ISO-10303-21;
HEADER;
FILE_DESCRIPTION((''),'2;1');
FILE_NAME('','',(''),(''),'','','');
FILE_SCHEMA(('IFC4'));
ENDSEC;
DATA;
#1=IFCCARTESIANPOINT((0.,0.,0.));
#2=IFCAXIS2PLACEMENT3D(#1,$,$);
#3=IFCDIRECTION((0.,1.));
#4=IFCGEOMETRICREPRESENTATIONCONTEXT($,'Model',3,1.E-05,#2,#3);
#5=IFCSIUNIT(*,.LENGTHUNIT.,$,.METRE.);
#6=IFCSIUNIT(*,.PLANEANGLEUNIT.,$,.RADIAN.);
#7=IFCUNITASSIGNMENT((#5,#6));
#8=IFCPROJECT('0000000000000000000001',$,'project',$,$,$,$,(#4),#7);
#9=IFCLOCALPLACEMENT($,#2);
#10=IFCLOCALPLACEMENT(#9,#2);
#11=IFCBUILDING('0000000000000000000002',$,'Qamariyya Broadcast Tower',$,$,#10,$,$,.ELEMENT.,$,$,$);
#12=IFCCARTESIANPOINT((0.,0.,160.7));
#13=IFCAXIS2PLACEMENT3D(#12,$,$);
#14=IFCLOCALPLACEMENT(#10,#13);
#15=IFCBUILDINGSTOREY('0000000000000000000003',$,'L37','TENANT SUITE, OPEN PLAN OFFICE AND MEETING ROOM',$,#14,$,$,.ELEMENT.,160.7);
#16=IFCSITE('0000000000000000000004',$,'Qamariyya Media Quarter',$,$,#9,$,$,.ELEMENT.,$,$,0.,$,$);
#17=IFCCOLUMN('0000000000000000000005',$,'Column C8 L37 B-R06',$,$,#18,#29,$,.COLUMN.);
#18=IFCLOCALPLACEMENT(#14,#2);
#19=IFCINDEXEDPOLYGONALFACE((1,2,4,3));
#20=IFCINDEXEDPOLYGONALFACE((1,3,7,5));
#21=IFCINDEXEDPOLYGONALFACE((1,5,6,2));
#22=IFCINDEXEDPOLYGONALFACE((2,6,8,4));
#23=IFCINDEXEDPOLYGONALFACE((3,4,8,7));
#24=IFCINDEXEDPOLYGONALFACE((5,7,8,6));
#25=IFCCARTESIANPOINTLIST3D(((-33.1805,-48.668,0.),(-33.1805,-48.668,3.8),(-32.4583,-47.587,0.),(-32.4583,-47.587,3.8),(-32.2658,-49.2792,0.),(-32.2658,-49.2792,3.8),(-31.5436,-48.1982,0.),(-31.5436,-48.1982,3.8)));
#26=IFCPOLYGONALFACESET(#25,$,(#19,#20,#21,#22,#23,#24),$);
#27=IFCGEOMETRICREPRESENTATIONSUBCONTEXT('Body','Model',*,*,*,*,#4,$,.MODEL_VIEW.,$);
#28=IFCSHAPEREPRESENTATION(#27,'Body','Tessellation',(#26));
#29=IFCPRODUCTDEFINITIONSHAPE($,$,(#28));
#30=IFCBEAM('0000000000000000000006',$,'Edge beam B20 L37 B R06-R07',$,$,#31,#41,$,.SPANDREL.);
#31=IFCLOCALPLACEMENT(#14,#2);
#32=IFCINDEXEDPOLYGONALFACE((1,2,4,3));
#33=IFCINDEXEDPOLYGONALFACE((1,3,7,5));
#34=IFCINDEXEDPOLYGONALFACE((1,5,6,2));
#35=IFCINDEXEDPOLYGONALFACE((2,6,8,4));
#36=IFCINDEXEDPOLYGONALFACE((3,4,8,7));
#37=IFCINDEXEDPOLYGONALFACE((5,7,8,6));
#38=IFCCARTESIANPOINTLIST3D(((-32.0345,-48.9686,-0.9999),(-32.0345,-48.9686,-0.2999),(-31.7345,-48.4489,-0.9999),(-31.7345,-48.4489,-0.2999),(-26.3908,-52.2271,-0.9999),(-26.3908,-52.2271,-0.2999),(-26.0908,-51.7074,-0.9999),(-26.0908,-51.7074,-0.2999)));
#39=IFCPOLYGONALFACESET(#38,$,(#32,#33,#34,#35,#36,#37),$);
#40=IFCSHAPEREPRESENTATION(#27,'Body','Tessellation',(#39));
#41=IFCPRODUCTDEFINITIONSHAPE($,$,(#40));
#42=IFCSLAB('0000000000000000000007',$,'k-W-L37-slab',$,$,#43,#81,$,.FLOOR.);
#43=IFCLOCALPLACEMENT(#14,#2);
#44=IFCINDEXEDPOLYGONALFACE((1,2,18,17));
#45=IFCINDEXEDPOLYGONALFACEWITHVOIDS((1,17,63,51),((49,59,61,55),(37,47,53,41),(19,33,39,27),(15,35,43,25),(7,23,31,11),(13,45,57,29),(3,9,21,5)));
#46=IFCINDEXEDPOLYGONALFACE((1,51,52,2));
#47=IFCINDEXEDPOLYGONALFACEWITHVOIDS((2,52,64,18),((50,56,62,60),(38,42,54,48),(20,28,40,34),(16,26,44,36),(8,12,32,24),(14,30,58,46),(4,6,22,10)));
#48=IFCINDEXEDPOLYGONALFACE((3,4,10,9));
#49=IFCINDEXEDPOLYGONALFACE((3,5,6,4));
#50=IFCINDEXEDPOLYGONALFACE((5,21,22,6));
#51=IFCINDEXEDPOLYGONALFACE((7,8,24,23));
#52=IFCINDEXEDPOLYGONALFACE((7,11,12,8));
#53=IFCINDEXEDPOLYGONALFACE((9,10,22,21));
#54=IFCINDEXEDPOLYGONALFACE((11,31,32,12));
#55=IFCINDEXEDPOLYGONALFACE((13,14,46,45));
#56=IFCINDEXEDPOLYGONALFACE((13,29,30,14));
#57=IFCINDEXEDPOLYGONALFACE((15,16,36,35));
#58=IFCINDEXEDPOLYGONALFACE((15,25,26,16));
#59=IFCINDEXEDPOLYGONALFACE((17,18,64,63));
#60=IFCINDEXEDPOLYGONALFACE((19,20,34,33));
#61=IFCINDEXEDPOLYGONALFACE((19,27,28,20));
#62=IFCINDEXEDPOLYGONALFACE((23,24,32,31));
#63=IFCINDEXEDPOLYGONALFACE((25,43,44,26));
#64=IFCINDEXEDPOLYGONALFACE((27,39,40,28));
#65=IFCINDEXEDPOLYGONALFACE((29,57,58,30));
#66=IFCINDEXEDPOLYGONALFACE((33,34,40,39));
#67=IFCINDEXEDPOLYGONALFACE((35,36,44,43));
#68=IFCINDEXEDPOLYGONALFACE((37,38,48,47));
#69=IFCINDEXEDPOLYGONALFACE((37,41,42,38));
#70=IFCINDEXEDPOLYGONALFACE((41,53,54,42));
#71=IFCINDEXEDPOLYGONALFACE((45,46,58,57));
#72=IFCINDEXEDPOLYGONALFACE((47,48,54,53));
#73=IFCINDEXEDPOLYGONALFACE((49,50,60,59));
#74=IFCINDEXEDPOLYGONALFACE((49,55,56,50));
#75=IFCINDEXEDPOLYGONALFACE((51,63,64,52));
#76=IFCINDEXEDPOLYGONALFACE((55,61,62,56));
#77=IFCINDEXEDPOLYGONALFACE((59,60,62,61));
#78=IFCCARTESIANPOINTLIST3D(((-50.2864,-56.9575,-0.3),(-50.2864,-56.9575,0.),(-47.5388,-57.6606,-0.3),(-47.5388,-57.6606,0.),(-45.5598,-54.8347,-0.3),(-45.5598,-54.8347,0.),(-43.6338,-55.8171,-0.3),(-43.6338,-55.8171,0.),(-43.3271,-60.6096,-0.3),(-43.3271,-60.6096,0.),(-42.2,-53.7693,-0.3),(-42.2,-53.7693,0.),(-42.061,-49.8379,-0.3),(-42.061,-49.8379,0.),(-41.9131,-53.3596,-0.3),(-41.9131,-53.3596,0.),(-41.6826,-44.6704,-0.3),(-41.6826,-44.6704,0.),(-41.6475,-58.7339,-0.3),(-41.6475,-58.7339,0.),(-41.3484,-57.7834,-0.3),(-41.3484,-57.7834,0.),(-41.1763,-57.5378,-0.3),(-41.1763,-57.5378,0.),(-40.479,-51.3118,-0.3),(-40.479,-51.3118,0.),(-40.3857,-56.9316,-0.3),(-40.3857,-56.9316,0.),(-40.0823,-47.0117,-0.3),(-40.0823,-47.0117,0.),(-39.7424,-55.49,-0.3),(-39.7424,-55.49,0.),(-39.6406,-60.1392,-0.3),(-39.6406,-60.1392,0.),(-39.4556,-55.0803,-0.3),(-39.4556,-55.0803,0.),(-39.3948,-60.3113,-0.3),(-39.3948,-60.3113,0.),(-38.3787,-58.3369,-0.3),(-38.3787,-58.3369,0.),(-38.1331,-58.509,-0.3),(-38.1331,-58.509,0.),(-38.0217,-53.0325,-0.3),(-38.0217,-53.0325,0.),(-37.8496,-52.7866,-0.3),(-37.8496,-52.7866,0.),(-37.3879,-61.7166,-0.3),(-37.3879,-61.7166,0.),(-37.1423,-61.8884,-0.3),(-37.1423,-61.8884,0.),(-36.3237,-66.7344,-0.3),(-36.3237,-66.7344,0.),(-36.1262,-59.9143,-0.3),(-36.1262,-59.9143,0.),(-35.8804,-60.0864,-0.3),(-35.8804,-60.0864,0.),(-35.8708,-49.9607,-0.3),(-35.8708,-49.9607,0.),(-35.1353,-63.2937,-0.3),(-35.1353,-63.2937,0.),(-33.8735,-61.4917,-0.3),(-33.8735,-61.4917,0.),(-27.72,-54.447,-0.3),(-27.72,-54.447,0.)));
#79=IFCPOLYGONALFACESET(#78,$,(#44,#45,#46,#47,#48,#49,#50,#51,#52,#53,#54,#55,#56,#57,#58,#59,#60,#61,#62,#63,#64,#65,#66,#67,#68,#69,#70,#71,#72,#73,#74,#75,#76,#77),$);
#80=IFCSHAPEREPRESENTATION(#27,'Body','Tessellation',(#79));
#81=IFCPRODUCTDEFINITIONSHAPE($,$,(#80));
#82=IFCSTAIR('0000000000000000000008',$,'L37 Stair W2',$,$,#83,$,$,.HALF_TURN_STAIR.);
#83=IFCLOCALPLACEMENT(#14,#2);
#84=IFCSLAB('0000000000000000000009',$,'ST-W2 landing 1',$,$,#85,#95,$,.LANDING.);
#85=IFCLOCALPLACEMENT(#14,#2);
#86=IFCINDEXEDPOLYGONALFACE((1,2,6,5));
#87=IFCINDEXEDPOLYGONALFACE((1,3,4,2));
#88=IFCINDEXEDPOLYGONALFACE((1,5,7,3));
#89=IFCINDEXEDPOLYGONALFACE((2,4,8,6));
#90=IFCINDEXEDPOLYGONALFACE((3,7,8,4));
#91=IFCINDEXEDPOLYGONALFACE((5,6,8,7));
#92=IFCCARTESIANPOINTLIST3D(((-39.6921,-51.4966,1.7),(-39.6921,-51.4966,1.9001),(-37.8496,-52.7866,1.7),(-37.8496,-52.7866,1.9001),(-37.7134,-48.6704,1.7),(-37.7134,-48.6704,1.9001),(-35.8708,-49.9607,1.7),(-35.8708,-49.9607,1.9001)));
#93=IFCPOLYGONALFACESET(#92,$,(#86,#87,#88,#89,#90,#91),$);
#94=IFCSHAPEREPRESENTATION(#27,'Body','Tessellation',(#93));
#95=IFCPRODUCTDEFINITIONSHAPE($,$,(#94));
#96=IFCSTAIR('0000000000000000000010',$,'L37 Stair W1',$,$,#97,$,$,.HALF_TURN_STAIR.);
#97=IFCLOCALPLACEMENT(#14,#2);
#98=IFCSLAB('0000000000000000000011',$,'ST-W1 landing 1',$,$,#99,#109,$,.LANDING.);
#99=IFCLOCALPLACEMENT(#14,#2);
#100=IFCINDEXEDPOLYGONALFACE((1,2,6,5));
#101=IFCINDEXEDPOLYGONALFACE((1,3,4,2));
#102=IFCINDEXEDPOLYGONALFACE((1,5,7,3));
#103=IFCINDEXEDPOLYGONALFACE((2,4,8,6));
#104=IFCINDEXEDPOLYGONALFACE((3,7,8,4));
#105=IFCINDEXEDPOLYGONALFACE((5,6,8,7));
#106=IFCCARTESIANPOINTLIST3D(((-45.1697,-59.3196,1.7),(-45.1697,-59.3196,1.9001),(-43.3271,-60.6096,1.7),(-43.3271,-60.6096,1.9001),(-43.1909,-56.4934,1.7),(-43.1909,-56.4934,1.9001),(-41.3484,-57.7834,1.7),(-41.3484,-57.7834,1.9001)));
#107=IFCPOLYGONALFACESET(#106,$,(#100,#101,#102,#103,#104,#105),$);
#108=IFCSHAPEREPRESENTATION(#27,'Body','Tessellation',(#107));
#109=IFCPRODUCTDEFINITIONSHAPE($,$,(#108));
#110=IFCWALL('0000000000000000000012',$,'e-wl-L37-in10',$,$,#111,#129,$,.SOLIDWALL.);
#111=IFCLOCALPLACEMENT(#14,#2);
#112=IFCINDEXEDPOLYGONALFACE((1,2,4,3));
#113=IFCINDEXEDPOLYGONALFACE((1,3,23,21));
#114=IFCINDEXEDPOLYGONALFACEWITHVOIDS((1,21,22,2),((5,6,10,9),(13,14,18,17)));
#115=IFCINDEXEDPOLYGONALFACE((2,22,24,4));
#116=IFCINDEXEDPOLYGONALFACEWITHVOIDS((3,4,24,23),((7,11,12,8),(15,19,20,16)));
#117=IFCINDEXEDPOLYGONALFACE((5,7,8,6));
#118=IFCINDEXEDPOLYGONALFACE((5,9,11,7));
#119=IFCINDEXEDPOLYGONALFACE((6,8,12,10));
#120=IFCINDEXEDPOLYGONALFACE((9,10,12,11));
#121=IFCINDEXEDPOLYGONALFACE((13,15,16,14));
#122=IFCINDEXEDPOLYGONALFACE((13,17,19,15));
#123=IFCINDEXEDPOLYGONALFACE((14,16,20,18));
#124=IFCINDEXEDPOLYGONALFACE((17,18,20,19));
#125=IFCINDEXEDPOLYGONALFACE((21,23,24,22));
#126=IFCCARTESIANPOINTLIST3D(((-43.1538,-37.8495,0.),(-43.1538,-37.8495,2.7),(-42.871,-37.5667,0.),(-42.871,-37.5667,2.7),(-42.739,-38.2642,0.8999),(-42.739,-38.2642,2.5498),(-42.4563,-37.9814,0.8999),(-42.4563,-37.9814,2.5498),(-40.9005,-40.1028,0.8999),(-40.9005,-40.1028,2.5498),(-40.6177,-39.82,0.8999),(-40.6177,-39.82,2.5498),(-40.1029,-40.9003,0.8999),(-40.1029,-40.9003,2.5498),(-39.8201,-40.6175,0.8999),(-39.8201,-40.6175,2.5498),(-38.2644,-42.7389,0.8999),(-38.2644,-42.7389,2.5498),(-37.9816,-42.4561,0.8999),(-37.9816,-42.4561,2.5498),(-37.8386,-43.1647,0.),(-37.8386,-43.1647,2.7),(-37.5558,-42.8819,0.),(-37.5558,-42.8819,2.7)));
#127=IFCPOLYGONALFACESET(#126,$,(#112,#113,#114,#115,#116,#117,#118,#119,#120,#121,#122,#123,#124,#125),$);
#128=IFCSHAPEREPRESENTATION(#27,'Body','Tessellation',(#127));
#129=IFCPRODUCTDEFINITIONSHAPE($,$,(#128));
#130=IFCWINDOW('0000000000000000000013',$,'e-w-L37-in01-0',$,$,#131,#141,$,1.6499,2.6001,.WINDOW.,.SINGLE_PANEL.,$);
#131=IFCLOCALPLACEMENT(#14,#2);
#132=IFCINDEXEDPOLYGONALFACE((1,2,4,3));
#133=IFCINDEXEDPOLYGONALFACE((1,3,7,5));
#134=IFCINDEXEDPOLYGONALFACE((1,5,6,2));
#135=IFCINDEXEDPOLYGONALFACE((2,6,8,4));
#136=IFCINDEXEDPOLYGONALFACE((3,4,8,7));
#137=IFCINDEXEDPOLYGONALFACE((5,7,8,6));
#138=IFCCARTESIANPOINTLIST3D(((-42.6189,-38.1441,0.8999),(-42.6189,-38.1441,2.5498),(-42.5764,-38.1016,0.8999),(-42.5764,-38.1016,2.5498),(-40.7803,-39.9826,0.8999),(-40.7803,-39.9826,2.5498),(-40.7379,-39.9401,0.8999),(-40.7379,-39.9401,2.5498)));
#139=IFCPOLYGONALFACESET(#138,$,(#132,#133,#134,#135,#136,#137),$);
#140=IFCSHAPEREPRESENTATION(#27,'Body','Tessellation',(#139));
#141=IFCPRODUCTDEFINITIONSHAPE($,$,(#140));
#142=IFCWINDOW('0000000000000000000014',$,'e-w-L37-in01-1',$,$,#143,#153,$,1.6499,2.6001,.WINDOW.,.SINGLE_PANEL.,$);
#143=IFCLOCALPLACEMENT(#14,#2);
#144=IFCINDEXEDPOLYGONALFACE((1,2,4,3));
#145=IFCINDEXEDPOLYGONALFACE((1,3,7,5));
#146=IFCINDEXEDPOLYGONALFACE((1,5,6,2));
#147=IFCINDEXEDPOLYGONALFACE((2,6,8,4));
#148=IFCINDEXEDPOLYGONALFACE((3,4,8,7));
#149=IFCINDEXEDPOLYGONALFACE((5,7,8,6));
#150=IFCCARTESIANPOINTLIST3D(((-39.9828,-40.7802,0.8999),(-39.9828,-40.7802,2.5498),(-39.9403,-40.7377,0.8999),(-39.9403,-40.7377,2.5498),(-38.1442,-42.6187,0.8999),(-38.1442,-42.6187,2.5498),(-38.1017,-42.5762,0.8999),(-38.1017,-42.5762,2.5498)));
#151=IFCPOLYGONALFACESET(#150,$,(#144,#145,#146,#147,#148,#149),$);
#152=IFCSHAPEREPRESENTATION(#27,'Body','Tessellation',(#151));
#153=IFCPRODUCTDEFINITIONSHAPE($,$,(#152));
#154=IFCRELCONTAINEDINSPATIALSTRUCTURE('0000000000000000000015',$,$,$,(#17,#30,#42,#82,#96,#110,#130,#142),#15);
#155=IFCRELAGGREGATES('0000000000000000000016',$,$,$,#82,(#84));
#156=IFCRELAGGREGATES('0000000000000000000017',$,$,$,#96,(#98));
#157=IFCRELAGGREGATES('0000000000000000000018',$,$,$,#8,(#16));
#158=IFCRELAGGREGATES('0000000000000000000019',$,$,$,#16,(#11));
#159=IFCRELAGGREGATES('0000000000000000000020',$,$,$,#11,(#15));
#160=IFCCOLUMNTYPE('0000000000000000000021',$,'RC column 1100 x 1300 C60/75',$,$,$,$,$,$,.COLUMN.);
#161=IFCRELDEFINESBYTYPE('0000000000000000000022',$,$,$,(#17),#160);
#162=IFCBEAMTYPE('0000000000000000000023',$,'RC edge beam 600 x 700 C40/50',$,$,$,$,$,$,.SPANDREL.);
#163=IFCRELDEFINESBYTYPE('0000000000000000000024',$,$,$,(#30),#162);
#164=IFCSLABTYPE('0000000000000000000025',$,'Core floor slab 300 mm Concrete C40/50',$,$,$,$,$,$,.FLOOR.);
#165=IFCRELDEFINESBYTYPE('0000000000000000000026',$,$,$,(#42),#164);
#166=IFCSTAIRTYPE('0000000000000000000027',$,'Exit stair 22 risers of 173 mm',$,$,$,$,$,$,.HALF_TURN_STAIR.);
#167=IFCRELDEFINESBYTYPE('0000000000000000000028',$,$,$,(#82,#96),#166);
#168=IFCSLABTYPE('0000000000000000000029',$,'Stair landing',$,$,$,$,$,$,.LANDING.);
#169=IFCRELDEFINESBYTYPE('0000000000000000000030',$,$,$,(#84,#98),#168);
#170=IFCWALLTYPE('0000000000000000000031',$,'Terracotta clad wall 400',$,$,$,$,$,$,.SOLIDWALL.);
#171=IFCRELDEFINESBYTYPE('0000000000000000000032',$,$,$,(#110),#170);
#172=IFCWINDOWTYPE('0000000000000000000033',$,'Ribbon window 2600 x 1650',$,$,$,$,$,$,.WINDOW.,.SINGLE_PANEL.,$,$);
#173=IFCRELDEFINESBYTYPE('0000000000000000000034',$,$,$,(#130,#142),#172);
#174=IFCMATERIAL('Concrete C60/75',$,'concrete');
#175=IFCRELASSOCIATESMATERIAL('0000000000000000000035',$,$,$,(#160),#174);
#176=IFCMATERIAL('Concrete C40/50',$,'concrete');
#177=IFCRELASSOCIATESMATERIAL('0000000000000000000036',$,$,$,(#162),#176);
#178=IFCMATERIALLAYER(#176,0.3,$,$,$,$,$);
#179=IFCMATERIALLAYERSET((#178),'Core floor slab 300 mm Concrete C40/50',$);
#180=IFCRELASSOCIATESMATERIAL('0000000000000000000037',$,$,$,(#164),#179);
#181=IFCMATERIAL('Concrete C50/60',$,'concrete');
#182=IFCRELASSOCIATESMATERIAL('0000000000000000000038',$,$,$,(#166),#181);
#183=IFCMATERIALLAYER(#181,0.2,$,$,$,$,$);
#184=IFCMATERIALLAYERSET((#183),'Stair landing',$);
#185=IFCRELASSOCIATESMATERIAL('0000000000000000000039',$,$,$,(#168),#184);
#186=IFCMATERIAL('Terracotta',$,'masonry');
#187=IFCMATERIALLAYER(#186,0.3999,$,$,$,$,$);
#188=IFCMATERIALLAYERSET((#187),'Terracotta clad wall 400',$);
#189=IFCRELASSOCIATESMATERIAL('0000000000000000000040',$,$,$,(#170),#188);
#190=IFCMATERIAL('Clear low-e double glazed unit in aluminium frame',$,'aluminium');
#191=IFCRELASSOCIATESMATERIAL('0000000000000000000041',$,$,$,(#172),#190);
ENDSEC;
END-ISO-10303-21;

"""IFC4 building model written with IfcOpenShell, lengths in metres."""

from ifc_helpers import new_model, si_unit, direction, frame, frame_2d, origin, origin_2d, place, context, subcontext, project, spatial, polyline, rectangle, outline, extrude, material, layer, layer_set, material_profile, profile_set, type_object, element, fill, aggregate, save


model = new_model("IFC4")

# Units and contexts
model_context = context("Model", 3, precision=1e-05, world=origin(), true_north=direction((0.0, 1.0)))
body_context = subcontext(model_context, "Body", "Model", "MODEL_VIEW")
ifc_project = project(units=[si_unit("LENGTHUNIT", "METRE"), si_unit("PLANEANGLEUNIT", "RADIAN")], contexts=[model_context])

# Site, building, storey
site_placement = place(None, origin())
site = spatial("IfcSite", under=ifc_project, at=site_placement, Name="Qamariyya Media Quarter", CompositionType="ELEMENT", RefElevation=0.0)
building_placement = place(site_placement, origin())
building = spatial("IfcBuilding", under=site, at=building_placement, Name="Qamariyya Broadcast Tower", CompositionType="ELEMENT")
storey_placement = place(building_placement, frame((0.0, 0.0, 160.7)))
storey = spatial("IfcBuildingStorey", under=building, at=storey_placement, Name="L37", Description="TENANT SUITE, OPEN PLAN OFFICE AND MEETING ROOM", CompositionType="ELEMENT", Elevation=160.7)

# Column
ifc_material_1 = material(Name="Concrete C60/75", Category="concrete")
ifc_material_profile_1 = material_profile(ifc_material_1, rectangle(XDim=1.1001, YDim=1.3, at=origin_2d()))
ifc_profile_set_1 = profile_set([ifc_material_profile_1], Name="Concrete C60/75")
column_type = type_object("IfcColumnType", Name="RC column 1100 x 1300 C60/75", PredefinedType="COLUMN", material=ifc_profile_set_1)
column_placement = place(storey_placement, frame((-32.3621, -48.4331, 0.0), z_axis=(0.0, 0.0, 1.0), x_axis=(0.83147, -0.55557, 0.0)))
element("IfcColumn", 1, at=column_placement, inside=storey, type_object=column_type, Name="Column C8 L37 B-R06", PredefinedType="COLUMN", context=body_context, shape_type="SweptSolid", body=[
    extrude(rectangle(XDim=1.1001, YDim=1.3, at=origin_2d()), origin(), (0.0, 0.0, 1.0), 3.8),
])

# Beam
ifc_material_2 = material(Name="Concrete C40/50", Category="concrete")
ifc_material_profile_2 = material_profile(ifc_material_2, rectangle(XDim=0.6001, YDim=0.7, at=origin_2d()))
ifc_profile_set_2 = profile_set([ifc_material_profile_2], Name="Concrete C40/50")
beam_type = type_object("IfcBeamType", Name="RC edge beam 600 x 700 C40/50", PredefinedType="SPANDREL", material=ifc_profile_set_2)
beam_placement = place(storey_placement, frame((-31.8845, -48.7087, -0.6499), z_axis=(0.866019, -0.500011, 0.0), x_axis=(0.500011, 0.866019, 0.0)))
element("IfcBeam", 2, at=beam_placement, inside=storey, type_object=beam_type, Name="Edge beam B20 L37 B R06-R07", PredefinedType="SPANDREL", context=body_context, shape_type="SweptSolid", body=[
    extrude(rectangle(XDim=0.6001, YDim=0.7, at=origin_2d()), origin(), (0.0, 0.0, 1.0), 6.5168),
])

# Slab
ifc_layer_1 = layer(ifc_material_2, 0.3)
ifc_layer_set_1 = layer_set([ifc_layer_1], Name="Core floor slab 300 mm Concrete C40/50")
slab_type_1 = type_object("IfcSlabType", Name="Core floor slab 300 mm Concrete C40/50", PredefinedType="FLOOR", material=ifc_layer_set_1)
slab_1_placement = place(storey_placement, frame((0.0, 0.0, -0.3)))
element("IfcSlab", 3, at=slab_1_placement, inside=storey, type_object=slab_type_1, Name="k-W-L37-slab", PredefinedType="FLOOR", context=body_context, shape_type="SweptSolid", body=[
    extrude(outline(polyline([(-50.2864, -56.9575), (-36.3237, -66.7344), (-27.72, -54.447), (-41.6826, -44.6704), (-50.2864, -56.9575)]), holes=[polyline([(-33.8735, -61.4917), (-35.8804, -60.0864), (-37.1423, -61.8884), (-35.1353, -63.2937), (-33.8735, -61.4917)]), polyline([(-36.1262, -59.9143), (-38.1331, -58.509), (-39.3948, -60.3113), (-37.3879, -61.7166), (-36.1262, -59.9143)]), polyline([(-38.3787, -58.3369), (-40.3857, -56.9316), (-41.6475, -58.7339), (-39.6406, -60.1392), (-38.3787, -58.3369)]), polyline([(-39.7424, -55.49), (-42.2, -53.7693), (-43.6338, -55.8171), (-41.1763, -57.5378), (-39.7424, -55.49)]), polyline([(-39.4556, -55.0803), (-41.9131, -53.3596), (-40.479, -51.3118), (-38.0217, -53.0325), (-39.4556, -55.0803)]), polyline([(-42.061, -49.8379), (-37.8496, -52.7866), (-35.8708, -49.9607), (-40.0823, -47.0117), (-42.061, -49.8379)]), polyline([(-47.5388, -57.6606), (-43.3271, -60.6096), (-41.3484, -57.7834), (-45.5598, -54.8347), (-47.5388, -57.6606)])]), origin(), (0.0, 0.0, 1.0), 0.3),
])

# Stairs, slabs
ifc_material_3 = material(Name="Concrete C50/60", Category="concrete")
stair_type = type_object("IfcStairType", Name="Exit stair 22 risers of 173 mm", PredefinedType="HALF_TURN_STAIR", material=ifc_material_3)
stair_1_placement = place(storey_placement, origin())
stair_1 = element("IfcStair", 4, at=stair_1_placement, inside=storey, type_object=stair_type, Name="L37 Stair W2", PredefinedType="HALF_TURN_STAIR")
ifc_layer_2 = layer(ifc_material_3, 0.2)
ifc_layer_set_2 = layer_set([ifc_layer_2], Name="Stair landing")
slab_type_2 = type_object("IfcSlabType", Name="Stair landing", PredefinedType="LANDING", material=ifc_layer_set_2)
slab_2_placement = place(storey_placement, frame((0.0, 0.0, 1.7)))
slab_2 = element("IfcSlab", 5, at=slab_2_placement, type_object=slab_type_2, Name="ST-W2 landing 1", PredefinedType="LANDING", context=body_context, shape_type="SweptSolid", body=[
    extrude(outline(polyline([(-39.6921, -51.4966), (-37.8496, -52.7866), (-35.8708, -49.9607), (-37.7134, -48.6704), (-39.6921, -51.4966)])), origin(), (0.0, 0.0, 1.0), 0.2002),
])
aggregate(stair_1, [slab_2])
stair_2_placement = place(storey_placement, origin())
stair_2 = element("IfcStair", 6, at=stair_2_placement, inside=storey, type_object=stair_type, Name="L37 Stair W1", PredefinedType="HALF_TURN_STAIR")
slab_3_placement = place(storey_placement, frame((0.0, 0.0, 1.7)))
slab_3 = element("IfcSlab", 7, at=slab_3_placement, type_object=slab_type_2, Name="ST-W1 landing 1", PredefinedType="LANDING", context=body_context, shape_type="SweptSolid", body=[
    extrude(outline(polyline([(-45.1697, -59.3196), (-43.3271, -60.6096), (-41.3484, -57.7834), (-43.1909, -56.4934), (-45.1697, -59.3196)])), origin(), (0.0, 0.0, 1.0), 0.2002),
])
aggregate(stair_2, [slab_3])

# Wall, openings, windows
ifc_material_4 = material(Name="Terracotta", Category="masonry")
ifc_layer_3 = layer(ifc_material_4, 0.3999)
ifc_layer_set_3 = layer_set([ifc_layer_3], Name="Terracotta clad wall 400")
wall_type = type_object("IfcWallType", Name="Terracotta clad wall 400", PredefinedType="SOLIDWALL", material=ifc_layer_set_3)
wall_1_placement = place(storey_placement, frame((-37.6973, -43.0232, 0.0), z_axis=(0.0, 0.0, 1.0), x_axis=(-0.707107, 0.707107, 0.0)))
wall_1 = element("IfcWall", 8, at=wall_1_placement, inside=storey, type_object=wall_type, Name="e-wl-L37-in10", PredefinedType="SOLIDWALL", context=body_context, shape_type="SweptSolid", body=[
    extrude(rectangle(XDim=7.5168, YDim=0.3999, at=frame_2d((3.7583, 0.0))), origin(), (0.0, 0.0, 1.0), 2.7),
])
opening_1_placement = place(wall_1_placement, frame((4.3301, 0.0, 0.8999)))
opening_1 = element("IfcOpeningElement", 9, at=opening_1_placement, cuts=wall_1, PredefinedType="OPENING", context=body_context, shape_type="SweptSolid", body=[
    extrude(rectangle(XDim=2.6001, YDim=1.6499, at=frame_2d((1.3, 0.825))), frame((0.0, 0.21, 0.0), z_axis=(0.0, -1.0, 0.0), x_axis=(1.0, 0.0, 0.0)), (0.0, 0.0, 1.0), 0.4199),
])
opening_2_placement = place(wall_1_placement, frame((0.6021, 0.0, 0.8999)))
opening_2 = element("IfcOpeningElement", 10, at=opening_2_placement, cuts=wall_1, PredefinedType="OPENING", context=body_context, shape_type="SweptSolid", body=[
    extrude(rectangle(XDim=2.6001, YDim=1.6499, at=frame_2d((1.3, 0.825))), frame((0.0, 0.21, 0.0), z_axis=(0.0, -1.0, 0.0), x_axis=(1.0, 0.0, 0.0)), (0.0, 0.0, 1.0), 0.4199),
])
ifc_material_5 = material(Name="Clear low-e double glazed unit in aluminium frame", Category="aluminium")
window_type = type_object("IfcWindowType", Name="Ribbon window 2600 x 1650", PartitioningType="SINGLE_PANEL", PredefinedType="WINDOW", material=ifc_material_5)
window_1_placement = place(opening_1_placement, origin())
window_1 = element("IfcWindow", 11, at=window_1_placement, inside=storey, type_object=window_type, Name="e-w-L37-in01-0", OverallHeight=1.6499, OverallWidth=2.6001, PartitioningType="SINGLE_PANEL", PredefinedType="WINDOW", context=body_context, shape_type="SweptSolid", body=[
    extrude(rectangle(XDim=2.6001, YDim=1.6499, at=frame_2d((1.3, 0.825))), frame((0.0, 0.03, 0.0), z_axis=(0.0, -1.0, 0.0), x_axis=(1.0, 0.0, 0.0)), (0.0, 0.0, 1.0), 0.0601),
])
fill(opening_1, window_1)
window_2_placement = place(opening_2_placement, origin())
window_2 = element("IfcWindow", 12, at=window_2_placement, inside=storey, type_object=window_type, Name="e-w-L37-in01-1", OverallHeight=1.6499, OverallWidth=2.6001, PartitioningType="SINGLE_PANEL", PredefinedType="WINDOW", context=body_context, shape_type="SweptSolid", body=[
    extrude(rectangle(XDim=2.6001, YDim=1.6499, at=frame_2d((1.3, 0.825))), frame((0.0, 0.03, 0.0), z_axis=(0.0, -1.0, 0.0), x_axis=(1.0, 0.0, 0.0)), (0.0, 0.0, 1.0), 0.0601),
])
fill(opening_2, window_2)

save(model, "model.ifc")
